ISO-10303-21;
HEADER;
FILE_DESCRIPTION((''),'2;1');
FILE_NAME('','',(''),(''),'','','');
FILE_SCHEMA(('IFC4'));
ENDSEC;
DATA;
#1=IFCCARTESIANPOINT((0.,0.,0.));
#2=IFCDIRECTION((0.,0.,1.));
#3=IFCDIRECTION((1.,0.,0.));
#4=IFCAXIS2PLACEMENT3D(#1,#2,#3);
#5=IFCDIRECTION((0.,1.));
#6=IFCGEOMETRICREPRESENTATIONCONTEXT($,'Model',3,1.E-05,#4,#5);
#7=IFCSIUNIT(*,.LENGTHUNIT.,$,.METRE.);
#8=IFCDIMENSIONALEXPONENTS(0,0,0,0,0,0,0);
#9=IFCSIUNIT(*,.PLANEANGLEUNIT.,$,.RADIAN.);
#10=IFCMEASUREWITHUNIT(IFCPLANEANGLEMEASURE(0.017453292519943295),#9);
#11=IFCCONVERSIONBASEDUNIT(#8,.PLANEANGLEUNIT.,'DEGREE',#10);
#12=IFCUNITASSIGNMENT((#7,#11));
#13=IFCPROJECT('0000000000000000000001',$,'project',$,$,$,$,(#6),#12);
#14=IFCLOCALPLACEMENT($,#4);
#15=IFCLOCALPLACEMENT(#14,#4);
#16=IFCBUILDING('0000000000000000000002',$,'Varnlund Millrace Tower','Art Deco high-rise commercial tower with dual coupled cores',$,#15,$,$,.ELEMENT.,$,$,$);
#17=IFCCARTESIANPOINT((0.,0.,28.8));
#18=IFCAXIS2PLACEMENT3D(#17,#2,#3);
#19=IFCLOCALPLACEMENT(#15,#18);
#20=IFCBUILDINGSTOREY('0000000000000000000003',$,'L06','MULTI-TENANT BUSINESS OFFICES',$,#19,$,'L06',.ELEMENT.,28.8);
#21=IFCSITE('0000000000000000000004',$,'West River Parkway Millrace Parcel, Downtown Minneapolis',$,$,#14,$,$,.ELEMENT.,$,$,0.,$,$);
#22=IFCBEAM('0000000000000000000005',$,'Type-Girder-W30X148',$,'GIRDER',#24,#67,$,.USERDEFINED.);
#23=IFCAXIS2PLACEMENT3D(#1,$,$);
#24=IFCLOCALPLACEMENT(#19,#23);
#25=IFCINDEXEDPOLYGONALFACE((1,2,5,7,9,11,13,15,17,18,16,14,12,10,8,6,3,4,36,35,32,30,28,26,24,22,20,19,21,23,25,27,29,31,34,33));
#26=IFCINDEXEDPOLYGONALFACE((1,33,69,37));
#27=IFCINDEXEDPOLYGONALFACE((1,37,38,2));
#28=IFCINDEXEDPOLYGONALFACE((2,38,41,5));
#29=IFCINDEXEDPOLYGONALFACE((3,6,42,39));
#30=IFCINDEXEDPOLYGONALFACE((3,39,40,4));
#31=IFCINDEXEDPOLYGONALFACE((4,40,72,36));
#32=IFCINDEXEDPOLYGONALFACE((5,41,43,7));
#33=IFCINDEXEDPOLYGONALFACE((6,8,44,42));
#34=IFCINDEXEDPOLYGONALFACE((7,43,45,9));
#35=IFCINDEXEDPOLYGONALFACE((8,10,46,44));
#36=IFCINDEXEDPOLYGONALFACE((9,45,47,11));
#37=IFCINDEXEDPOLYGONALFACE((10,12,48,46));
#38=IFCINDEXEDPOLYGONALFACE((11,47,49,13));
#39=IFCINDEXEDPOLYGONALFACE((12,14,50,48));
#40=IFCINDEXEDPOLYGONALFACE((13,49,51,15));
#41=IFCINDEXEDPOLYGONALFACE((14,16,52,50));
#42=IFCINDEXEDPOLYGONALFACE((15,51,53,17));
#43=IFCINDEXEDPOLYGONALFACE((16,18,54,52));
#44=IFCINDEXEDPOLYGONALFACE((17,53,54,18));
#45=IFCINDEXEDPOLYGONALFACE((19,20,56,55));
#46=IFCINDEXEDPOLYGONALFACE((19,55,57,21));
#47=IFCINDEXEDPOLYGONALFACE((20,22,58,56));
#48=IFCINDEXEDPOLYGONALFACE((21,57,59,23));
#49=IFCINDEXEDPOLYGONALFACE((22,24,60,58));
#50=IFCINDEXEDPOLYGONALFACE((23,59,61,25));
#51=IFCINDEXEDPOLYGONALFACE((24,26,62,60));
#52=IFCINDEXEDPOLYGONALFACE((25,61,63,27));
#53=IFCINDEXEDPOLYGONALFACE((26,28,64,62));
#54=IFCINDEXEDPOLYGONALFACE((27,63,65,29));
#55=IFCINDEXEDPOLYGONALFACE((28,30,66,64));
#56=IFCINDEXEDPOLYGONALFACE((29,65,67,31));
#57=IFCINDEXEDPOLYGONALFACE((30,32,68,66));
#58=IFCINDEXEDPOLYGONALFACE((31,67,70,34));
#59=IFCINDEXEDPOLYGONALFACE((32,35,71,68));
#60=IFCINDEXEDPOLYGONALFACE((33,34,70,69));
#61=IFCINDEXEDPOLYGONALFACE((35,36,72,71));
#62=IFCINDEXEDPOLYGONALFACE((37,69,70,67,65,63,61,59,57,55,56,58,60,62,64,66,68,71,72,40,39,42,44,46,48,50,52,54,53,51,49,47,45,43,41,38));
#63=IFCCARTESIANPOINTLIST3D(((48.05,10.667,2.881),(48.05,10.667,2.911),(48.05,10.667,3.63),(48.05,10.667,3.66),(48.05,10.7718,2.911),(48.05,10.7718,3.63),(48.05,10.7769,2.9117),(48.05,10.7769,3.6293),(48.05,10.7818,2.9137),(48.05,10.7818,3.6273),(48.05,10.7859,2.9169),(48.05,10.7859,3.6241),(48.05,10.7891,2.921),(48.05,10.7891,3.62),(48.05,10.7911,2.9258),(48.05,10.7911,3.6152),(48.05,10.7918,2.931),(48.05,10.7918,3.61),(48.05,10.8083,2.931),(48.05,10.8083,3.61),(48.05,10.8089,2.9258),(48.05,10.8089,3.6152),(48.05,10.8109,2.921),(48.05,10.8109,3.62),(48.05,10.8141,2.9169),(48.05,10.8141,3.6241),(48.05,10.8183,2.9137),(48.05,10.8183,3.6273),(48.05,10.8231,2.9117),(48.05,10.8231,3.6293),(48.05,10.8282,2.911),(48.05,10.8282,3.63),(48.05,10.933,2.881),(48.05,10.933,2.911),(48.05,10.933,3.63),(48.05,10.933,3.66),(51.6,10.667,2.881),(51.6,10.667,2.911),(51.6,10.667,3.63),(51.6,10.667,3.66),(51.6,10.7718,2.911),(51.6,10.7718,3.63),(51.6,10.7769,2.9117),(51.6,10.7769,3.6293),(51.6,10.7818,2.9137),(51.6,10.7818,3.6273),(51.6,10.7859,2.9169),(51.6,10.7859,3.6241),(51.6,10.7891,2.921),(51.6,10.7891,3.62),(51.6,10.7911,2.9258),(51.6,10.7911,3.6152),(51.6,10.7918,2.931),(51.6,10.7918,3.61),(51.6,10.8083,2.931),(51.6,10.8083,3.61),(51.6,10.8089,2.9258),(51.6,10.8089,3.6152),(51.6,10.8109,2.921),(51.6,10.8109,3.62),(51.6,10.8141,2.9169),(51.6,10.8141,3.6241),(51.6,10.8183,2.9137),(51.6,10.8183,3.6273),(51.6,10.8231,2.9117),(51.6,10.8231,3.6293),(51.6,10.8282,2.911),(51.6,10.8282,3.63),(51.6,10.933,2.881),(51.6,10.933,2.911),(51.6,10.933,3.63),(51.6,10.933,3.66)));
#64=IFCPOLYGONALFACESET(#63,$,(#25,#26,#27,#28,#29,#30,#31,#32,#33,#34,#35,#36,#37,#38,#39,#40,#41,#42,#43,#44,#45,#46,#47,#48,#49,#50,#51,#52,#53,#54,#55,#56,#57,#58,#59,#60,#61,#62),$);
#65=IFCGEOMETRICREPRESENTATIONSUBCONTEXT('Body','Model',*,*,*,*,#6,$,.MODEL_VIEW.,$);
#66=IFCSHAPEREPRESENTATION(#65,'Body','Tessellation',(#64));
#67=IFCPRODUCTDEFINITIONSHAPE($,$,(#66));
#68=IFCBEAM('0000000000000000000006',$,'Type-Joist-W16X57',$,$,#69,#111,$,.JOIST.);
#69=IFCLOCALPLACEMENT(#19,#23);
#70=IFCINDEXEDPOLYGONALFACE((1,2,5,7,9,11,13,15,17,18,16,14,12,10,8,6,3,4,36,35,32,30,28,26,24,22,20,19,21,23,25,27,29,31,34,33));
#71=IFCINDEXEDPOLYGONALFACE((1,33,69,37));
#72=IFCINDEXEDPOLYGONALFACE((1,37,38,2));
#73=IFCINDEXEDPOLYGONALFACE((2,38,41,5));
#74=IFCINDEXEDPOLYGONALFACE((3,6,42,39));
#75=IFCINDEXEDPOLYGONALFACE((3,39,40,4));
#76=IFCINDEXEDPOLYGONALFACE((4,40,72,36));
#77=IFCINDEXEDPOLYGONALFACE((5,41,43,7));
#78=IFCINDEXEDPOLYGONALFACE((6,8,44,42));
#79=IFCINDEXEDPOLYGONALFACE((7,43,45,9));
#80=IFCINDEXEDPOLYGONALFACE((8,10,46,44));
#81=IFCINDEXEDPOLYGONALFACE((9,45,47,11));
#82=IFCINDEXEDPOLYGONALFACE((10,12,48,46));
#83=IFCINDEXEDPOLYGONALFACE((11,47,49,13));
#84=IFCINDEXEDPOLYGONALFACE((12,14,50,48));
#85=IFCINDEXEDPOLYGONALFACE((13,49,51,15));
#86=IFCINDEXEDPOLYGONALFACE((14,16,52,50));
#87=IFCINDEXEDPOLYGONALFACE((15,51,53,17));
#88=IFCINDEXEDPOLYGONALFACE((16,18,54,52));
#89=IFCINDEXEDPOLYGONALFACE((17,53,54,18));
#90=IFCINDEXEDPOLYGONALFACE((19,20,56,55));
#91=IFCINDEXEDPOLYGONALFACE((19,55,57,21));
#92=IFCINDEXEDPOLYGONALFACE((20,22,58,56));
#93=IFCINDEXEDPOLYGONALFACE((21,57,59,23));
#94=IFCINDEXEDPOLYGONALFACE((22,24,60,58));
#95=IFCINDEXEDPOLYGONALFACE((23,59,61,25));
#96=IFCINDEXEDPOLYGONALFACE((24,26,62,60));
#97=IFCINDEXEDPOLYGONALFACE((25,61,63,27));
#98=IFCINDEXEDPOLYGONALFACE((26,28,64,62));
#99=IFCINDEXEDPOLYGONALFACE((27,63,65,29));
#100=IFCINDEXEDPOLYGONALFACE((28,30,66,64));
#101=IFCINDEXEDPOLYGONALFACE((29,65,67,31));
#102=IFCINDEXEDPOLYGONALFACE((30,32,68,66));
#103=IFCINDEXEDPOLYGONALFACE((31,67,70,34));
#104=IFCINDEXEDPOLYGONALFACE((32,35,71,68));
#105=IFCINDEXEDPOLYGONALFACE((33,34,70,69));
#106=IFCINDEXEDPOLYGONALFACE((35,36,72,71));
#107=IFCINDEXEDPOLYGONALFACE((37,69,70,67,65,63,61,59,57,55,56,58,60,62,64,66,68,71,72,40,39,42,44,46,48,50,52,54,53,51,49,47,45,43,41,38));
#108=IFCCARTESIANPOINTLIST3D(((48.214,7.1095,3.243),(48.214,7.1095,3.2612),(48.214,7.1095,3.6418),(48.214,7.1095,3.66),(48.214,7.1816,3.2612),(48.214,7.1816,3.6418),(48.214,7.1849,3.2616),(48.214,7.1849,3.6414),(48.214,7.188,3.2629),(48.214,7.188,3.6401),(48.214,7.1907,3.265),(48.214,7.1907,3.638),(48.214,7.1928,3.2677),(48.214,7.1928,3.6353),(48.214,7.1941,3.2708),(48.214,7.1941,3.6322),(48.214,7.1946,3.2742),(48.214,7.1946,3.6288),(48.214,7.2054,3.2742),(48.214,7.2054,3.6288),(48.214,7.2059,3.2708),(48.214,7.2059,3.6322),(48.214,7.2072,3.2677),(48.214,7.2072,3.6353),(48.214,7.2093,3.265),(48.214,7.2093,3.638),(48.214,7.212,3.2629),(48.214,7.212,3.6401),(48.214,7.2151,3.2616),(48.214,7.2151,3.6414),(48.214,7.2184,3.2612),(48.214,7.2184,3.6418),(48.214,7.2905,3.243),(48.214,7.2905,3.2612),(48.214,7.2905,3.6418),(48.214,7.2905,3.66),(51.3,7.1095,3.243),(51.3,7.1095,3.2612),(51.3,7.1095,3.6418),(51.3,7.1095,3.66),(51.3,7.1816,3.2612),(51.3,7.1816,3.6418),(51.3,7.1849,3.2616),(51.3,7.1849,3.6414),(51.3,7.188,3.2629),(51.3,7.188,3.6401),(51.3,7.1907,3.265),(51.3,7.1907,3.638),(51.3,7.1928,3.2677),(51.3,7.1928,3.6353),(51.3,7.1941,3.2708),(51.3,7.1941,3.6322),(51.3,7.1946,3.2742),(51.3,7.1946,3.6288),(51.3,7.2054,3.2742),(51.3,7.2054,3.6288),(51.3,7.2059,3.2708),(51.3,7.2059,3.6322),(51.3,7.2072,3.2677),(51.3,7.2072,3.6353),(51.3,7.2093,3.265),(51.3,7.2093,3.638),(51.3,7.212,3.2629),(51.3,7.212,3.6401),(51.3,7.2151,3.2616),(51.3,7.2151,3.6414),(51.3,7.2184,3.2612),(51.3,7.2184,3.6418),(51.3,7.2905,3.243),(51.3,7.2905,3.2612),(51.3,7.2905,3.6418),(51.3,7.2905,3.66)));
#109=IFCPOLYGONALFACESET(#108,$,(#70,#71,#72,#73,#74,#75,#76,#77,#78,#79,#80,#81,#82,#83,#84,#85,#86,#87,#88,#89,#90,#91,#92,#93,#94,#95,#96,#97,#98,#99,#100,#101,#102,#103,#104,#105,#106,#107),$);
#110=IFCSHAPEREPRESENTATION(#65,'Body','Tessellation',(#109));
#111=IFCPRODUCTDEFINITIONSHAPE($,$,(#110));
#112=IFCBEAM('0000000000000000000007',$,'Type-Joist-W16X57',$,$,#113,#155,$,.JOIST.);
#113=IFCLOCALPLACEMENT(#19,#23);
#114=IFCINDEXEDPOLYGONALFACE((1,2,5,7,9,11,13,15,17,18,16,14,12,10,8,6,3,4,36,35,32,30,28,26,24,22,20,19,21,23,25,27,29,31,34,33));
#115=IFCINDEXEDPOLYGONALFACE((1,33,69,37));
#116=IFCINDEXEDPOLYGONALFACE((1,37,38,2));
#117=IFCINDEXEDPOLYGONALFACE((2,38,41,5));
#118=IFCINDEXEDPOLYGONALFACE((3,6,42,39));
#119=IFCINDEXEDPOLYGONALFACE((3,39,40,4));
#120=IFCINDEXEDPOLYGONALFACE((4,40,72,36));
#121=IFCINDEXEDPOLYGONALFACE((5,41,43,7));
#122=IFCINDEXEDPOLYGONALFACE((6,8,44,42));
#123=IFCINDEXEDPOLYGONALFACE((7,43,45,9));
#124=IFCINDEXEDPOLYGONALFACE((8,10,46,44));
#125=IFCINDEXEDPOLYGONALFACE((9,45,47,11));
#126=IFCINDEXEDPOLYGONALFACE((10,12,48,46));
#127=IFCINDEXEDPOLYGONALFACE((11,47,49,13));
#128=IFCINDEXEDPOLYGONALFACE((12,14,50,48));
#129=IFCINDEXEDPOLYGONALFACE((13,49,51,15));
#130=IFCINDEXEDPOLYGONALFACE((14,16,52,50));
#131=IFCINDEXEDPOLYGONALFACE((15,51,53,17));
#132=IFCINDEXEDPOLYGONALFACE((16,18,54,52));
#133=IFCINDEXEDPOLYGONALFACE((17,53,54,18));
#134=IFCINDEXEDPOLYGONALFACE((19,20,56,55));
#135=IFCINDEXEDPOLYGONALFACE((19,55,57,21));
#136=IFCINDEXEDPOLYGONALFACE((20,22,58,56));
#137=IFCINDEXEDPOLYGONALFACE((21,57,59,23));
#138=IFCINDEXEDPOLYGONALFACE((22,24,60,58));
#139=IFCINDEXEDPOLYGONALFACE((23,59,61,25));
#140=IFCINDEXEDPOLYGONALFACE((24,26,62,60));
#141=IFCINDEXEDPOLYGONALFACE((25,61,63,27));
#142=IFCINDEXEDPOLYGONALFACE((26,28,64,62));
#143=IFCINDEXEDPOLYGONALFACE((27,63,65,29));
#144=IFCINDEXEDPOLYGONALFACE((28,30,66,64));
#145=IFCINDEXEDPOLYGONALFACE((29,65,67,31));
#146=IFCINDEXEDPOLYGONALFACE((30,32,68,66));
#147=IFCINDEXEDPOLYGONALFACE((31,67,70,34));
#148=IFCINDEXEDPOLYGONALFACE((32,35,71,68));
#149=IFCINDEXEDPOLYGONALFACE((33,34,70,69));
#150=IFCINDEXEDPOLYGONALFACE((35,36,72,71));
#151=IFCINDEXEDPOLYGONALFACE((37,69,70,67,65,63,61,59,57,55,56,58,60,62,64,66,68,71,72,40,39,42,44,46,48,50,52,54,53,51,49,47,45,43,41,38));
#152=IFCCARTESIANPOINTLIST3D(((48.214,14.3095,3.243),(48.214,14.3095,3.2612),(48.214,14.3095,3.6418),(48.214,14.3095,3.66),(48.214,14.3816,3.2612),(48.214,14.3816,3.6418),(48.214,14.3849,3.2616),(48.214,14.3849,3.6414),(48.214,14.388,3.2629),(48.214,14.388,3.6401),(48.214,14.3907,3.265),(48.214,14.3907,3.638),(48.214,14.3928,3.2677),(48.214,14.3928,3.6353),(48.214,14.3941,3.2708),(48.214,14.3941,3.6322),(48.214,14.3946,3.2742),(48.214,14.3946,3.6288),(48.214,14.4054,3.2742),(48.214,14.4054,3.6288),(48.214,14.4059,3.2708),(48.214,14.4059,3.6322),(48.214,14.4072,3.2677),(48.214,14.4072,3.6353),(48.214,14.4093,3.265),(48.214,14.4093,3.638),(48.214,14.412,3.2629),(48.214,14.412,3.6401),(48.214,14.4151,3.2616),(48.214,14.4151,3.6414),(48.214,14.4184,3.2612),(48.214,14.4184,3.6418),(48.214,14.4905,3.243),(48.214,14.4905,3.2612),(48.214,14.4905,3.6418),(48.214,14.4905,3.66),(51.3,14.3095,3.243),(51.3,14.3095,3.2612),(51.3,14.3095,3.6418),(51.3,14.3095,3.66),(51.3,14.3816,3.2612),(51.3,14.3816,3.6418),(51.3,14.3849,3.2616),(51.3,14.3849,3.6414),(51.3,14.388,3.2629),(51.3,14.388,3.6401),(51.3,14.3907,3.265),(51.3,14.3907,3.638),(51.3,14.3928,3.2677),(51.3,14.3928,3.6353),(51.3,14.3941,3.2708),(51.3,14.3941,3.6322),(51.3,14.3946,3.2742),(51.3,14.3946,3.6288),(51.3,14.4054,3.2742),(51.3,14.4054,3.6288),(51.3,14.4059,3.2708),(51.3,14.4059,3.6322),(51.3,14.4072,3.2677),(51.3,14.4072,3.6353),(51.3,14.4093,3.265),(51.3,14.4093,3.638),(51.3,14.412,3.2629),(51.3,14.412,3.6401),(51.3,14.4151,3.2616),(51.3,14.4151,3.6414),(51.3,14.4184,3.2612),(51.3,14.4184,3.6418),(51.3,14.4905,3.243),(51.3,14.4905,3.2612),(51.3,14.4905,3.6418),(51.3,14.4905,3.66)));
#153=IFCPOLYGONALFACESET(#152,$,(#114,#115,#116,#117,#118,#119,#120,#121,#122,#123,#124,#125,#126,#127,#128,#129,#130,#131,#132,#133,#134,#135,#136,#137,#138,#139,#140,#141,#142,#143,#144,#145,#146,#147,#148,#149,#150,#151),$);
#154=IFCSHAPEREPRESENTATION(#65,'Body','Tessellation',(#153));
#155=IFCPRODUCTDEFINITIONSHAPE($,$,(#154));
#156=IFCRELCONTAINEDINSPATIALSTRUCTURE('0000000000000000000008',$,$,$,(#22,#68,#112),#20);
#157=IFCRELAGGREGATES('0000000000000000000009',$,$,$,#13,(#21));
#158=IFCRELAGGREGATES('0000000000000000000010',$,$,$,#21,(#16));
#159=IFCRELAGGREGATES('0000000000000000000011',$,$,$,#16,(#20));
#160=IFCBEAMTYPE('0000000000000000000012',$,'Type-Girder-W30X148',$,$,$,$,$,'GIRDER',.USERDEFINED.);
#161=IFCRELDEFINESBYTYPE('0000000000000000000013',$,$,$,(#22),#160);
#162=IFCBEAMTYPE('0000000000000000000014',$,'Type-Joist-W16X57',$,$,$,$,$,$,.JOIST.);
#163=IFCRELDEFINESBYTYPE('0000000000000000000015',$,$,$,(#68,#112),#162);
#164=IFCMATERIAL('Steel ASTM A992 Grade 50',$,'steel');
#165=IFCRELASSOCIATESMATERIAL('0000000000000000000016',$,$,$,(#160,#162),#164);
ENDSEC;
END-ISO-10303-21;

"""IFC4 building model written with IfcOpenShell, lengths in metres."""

from ifc_helpers import new_model, entity, si_unit, converted_unit, direction, frame, origin_with_axes, origin_2d_with_axis, place, context, subcontext, project, spatial, i_section, extrude, material, material_profile, profile_set, type_object, element, save


model = new_model("IFC4")

# Units and contexts
model_context = context("Model", 3, precision=1e-05, world=origin_with_axes(), true_north=direction((0.0, 1.0)))
body_context = subcontext(model_context, "Body", "Model", "MODEL_VIEW")
ifc_project = project(units=[si_unit("LENGTHUNIT", "METRE"), converted_unit("PLANEANGLEUNIT", "DEGREE", entity("IfcPlaneAngleMeasure", 0.017453292519943295), si_unit("PLANEANGLEUNIT", "RADIAN"), dimensions=[0, 0, 0, 0, 0, 0, 0])], contexts=[model_context])

# Site, building, storey
site_placement = place(None, origin_with_axes())
site = spatial("IfcSite", under=ifc_project, at=site_placement, Name="West River Parkway Millrace Parcel, Downtown Minneapolis", CompositionType="ELEMENT", RefElevation=0.0)
building_placement = place(site_placement, origin_with_axes())
building = spatial("IfcBuilding", under=site, at=building_placement, Name="Varnlund Millrace Tower", Description="Art Deco high-rise commercial tower with dual coupled cores", CompositionType="ELEMENT")
storey_placement = place(building_placement, frame((0.0, 0.0, 28.8), z_axis=(0.0, 0.0, 1.0), x_axis=(1.0, 0.0, 0.0)))
storey = spatial("IfcBuildingStorey", under=building, at=storey_placement, Name="L06", Description="MULTI-TENANT BUSINESS OFFICES", LongName="L06", CompositionType="ELEMENT", Elevation=28.8)

# Beams
ifc_material_1 = material(Name="Steel ASTM A992 Grade 50", Category="steel")
ifc_material_profile_1 = material_profile(ifc_material_1, i_section(OverallWidth=0.266, OverallDepth=0.779, WebThickness=0.0165, FlangeThickness=0.03, FilletRadius=0.02, at=origin_2d_with_axis()), Name="Steel ASTM A992 Grade 50")
ifc_profile_set_1 = profile_set([ifc_material_profile_1], Name="Steel ASTM A992 Grade 50")
beam_type_1 = type_object("IfcBeamType", Name="Type-Girder-W30X148", ElementType="GIRDER", PredefinedType="USERDEFINED", material=ifc_profile_set_1)
for number, where, z_axis, x_axis, name in (
    (1, (48.05, 10.8, 3.2705), (1.0, 0.0, 0.0), (0.0, 1.0, 0.0), "Type-Girder-W30X148"),
):
    element("IfcBeam", number, at=place(storey_placement, frame(where, z_axis=z_axis, x_axis=x_axis)), inside=storey, type_object=beam_type_1, Name=name, ObjectType="GIRDER", PredefinedType="USERDEFINED", context=body_context, shape_type="SweptSolid", body=[
        extrude(i_section(OverallWidth=0.266, OverallDepth=0.779, WebThickness=0.0165, FlangeThickness=0.03, FilletRadius=0.02, at=origin_2d_with_axis()), origin_with_axes(), (0.0, 0.0, 1.0), 3.55),
    ])
ifc_material_profile_2 = material_profile(ifc_material_1, i_section(OverallWidth=0.181, OverallDepth=0.417, WebThickness=0.0109, FlangeThickness=0.0182, FilletRadius=0.013, at=origin_2d_with_axis()), Name="Steel ASTM A992 Grade 50")
ifc_profile_set_2 = profile_set([ifc_material_profile_2], Name="Steel ASTM A992 Grade 50")
beam_type_2 = type_object("IfcBeamType", Name="Type-Joist-W16X57", PredefinedType="JOIST", material=ifc_profile_set_2)
for number, where, z_axis, x_axis, name in (
    (2, (48.214, 7.2, 3.4515), (1.0, 0.0, 0.0), (0.0, 1.0, 0.0), "Type-Joist-W16X57"),
    (3, (48.214, 14.4, 3.4515), (1.0, 0.0, 0.0), (0.0, 1.0, 0.0), "Type-Joist-W16X57"),
):
    element("IfcBeam", number, at=place(storey_placement, frame(where, z_axis=z_axis, x_axis=x_axis)), inside=storey, type_object=beam_type_2, Name=name, PredefinedType="JOIST", context=body_context, shape_type="SweptSolid", body=[
        extrude(i_section(OverallWidth=0.181, OverallDepth=0.417, WebThickness=0.0109, FlangeThickness=0.0182, FilletRadius=0.013, at=origin_2d_with_axis()), origin_with_axes(), (0.0, 0.0, 1.0), 3.086),
    ])

save(model, "model.ifc")
